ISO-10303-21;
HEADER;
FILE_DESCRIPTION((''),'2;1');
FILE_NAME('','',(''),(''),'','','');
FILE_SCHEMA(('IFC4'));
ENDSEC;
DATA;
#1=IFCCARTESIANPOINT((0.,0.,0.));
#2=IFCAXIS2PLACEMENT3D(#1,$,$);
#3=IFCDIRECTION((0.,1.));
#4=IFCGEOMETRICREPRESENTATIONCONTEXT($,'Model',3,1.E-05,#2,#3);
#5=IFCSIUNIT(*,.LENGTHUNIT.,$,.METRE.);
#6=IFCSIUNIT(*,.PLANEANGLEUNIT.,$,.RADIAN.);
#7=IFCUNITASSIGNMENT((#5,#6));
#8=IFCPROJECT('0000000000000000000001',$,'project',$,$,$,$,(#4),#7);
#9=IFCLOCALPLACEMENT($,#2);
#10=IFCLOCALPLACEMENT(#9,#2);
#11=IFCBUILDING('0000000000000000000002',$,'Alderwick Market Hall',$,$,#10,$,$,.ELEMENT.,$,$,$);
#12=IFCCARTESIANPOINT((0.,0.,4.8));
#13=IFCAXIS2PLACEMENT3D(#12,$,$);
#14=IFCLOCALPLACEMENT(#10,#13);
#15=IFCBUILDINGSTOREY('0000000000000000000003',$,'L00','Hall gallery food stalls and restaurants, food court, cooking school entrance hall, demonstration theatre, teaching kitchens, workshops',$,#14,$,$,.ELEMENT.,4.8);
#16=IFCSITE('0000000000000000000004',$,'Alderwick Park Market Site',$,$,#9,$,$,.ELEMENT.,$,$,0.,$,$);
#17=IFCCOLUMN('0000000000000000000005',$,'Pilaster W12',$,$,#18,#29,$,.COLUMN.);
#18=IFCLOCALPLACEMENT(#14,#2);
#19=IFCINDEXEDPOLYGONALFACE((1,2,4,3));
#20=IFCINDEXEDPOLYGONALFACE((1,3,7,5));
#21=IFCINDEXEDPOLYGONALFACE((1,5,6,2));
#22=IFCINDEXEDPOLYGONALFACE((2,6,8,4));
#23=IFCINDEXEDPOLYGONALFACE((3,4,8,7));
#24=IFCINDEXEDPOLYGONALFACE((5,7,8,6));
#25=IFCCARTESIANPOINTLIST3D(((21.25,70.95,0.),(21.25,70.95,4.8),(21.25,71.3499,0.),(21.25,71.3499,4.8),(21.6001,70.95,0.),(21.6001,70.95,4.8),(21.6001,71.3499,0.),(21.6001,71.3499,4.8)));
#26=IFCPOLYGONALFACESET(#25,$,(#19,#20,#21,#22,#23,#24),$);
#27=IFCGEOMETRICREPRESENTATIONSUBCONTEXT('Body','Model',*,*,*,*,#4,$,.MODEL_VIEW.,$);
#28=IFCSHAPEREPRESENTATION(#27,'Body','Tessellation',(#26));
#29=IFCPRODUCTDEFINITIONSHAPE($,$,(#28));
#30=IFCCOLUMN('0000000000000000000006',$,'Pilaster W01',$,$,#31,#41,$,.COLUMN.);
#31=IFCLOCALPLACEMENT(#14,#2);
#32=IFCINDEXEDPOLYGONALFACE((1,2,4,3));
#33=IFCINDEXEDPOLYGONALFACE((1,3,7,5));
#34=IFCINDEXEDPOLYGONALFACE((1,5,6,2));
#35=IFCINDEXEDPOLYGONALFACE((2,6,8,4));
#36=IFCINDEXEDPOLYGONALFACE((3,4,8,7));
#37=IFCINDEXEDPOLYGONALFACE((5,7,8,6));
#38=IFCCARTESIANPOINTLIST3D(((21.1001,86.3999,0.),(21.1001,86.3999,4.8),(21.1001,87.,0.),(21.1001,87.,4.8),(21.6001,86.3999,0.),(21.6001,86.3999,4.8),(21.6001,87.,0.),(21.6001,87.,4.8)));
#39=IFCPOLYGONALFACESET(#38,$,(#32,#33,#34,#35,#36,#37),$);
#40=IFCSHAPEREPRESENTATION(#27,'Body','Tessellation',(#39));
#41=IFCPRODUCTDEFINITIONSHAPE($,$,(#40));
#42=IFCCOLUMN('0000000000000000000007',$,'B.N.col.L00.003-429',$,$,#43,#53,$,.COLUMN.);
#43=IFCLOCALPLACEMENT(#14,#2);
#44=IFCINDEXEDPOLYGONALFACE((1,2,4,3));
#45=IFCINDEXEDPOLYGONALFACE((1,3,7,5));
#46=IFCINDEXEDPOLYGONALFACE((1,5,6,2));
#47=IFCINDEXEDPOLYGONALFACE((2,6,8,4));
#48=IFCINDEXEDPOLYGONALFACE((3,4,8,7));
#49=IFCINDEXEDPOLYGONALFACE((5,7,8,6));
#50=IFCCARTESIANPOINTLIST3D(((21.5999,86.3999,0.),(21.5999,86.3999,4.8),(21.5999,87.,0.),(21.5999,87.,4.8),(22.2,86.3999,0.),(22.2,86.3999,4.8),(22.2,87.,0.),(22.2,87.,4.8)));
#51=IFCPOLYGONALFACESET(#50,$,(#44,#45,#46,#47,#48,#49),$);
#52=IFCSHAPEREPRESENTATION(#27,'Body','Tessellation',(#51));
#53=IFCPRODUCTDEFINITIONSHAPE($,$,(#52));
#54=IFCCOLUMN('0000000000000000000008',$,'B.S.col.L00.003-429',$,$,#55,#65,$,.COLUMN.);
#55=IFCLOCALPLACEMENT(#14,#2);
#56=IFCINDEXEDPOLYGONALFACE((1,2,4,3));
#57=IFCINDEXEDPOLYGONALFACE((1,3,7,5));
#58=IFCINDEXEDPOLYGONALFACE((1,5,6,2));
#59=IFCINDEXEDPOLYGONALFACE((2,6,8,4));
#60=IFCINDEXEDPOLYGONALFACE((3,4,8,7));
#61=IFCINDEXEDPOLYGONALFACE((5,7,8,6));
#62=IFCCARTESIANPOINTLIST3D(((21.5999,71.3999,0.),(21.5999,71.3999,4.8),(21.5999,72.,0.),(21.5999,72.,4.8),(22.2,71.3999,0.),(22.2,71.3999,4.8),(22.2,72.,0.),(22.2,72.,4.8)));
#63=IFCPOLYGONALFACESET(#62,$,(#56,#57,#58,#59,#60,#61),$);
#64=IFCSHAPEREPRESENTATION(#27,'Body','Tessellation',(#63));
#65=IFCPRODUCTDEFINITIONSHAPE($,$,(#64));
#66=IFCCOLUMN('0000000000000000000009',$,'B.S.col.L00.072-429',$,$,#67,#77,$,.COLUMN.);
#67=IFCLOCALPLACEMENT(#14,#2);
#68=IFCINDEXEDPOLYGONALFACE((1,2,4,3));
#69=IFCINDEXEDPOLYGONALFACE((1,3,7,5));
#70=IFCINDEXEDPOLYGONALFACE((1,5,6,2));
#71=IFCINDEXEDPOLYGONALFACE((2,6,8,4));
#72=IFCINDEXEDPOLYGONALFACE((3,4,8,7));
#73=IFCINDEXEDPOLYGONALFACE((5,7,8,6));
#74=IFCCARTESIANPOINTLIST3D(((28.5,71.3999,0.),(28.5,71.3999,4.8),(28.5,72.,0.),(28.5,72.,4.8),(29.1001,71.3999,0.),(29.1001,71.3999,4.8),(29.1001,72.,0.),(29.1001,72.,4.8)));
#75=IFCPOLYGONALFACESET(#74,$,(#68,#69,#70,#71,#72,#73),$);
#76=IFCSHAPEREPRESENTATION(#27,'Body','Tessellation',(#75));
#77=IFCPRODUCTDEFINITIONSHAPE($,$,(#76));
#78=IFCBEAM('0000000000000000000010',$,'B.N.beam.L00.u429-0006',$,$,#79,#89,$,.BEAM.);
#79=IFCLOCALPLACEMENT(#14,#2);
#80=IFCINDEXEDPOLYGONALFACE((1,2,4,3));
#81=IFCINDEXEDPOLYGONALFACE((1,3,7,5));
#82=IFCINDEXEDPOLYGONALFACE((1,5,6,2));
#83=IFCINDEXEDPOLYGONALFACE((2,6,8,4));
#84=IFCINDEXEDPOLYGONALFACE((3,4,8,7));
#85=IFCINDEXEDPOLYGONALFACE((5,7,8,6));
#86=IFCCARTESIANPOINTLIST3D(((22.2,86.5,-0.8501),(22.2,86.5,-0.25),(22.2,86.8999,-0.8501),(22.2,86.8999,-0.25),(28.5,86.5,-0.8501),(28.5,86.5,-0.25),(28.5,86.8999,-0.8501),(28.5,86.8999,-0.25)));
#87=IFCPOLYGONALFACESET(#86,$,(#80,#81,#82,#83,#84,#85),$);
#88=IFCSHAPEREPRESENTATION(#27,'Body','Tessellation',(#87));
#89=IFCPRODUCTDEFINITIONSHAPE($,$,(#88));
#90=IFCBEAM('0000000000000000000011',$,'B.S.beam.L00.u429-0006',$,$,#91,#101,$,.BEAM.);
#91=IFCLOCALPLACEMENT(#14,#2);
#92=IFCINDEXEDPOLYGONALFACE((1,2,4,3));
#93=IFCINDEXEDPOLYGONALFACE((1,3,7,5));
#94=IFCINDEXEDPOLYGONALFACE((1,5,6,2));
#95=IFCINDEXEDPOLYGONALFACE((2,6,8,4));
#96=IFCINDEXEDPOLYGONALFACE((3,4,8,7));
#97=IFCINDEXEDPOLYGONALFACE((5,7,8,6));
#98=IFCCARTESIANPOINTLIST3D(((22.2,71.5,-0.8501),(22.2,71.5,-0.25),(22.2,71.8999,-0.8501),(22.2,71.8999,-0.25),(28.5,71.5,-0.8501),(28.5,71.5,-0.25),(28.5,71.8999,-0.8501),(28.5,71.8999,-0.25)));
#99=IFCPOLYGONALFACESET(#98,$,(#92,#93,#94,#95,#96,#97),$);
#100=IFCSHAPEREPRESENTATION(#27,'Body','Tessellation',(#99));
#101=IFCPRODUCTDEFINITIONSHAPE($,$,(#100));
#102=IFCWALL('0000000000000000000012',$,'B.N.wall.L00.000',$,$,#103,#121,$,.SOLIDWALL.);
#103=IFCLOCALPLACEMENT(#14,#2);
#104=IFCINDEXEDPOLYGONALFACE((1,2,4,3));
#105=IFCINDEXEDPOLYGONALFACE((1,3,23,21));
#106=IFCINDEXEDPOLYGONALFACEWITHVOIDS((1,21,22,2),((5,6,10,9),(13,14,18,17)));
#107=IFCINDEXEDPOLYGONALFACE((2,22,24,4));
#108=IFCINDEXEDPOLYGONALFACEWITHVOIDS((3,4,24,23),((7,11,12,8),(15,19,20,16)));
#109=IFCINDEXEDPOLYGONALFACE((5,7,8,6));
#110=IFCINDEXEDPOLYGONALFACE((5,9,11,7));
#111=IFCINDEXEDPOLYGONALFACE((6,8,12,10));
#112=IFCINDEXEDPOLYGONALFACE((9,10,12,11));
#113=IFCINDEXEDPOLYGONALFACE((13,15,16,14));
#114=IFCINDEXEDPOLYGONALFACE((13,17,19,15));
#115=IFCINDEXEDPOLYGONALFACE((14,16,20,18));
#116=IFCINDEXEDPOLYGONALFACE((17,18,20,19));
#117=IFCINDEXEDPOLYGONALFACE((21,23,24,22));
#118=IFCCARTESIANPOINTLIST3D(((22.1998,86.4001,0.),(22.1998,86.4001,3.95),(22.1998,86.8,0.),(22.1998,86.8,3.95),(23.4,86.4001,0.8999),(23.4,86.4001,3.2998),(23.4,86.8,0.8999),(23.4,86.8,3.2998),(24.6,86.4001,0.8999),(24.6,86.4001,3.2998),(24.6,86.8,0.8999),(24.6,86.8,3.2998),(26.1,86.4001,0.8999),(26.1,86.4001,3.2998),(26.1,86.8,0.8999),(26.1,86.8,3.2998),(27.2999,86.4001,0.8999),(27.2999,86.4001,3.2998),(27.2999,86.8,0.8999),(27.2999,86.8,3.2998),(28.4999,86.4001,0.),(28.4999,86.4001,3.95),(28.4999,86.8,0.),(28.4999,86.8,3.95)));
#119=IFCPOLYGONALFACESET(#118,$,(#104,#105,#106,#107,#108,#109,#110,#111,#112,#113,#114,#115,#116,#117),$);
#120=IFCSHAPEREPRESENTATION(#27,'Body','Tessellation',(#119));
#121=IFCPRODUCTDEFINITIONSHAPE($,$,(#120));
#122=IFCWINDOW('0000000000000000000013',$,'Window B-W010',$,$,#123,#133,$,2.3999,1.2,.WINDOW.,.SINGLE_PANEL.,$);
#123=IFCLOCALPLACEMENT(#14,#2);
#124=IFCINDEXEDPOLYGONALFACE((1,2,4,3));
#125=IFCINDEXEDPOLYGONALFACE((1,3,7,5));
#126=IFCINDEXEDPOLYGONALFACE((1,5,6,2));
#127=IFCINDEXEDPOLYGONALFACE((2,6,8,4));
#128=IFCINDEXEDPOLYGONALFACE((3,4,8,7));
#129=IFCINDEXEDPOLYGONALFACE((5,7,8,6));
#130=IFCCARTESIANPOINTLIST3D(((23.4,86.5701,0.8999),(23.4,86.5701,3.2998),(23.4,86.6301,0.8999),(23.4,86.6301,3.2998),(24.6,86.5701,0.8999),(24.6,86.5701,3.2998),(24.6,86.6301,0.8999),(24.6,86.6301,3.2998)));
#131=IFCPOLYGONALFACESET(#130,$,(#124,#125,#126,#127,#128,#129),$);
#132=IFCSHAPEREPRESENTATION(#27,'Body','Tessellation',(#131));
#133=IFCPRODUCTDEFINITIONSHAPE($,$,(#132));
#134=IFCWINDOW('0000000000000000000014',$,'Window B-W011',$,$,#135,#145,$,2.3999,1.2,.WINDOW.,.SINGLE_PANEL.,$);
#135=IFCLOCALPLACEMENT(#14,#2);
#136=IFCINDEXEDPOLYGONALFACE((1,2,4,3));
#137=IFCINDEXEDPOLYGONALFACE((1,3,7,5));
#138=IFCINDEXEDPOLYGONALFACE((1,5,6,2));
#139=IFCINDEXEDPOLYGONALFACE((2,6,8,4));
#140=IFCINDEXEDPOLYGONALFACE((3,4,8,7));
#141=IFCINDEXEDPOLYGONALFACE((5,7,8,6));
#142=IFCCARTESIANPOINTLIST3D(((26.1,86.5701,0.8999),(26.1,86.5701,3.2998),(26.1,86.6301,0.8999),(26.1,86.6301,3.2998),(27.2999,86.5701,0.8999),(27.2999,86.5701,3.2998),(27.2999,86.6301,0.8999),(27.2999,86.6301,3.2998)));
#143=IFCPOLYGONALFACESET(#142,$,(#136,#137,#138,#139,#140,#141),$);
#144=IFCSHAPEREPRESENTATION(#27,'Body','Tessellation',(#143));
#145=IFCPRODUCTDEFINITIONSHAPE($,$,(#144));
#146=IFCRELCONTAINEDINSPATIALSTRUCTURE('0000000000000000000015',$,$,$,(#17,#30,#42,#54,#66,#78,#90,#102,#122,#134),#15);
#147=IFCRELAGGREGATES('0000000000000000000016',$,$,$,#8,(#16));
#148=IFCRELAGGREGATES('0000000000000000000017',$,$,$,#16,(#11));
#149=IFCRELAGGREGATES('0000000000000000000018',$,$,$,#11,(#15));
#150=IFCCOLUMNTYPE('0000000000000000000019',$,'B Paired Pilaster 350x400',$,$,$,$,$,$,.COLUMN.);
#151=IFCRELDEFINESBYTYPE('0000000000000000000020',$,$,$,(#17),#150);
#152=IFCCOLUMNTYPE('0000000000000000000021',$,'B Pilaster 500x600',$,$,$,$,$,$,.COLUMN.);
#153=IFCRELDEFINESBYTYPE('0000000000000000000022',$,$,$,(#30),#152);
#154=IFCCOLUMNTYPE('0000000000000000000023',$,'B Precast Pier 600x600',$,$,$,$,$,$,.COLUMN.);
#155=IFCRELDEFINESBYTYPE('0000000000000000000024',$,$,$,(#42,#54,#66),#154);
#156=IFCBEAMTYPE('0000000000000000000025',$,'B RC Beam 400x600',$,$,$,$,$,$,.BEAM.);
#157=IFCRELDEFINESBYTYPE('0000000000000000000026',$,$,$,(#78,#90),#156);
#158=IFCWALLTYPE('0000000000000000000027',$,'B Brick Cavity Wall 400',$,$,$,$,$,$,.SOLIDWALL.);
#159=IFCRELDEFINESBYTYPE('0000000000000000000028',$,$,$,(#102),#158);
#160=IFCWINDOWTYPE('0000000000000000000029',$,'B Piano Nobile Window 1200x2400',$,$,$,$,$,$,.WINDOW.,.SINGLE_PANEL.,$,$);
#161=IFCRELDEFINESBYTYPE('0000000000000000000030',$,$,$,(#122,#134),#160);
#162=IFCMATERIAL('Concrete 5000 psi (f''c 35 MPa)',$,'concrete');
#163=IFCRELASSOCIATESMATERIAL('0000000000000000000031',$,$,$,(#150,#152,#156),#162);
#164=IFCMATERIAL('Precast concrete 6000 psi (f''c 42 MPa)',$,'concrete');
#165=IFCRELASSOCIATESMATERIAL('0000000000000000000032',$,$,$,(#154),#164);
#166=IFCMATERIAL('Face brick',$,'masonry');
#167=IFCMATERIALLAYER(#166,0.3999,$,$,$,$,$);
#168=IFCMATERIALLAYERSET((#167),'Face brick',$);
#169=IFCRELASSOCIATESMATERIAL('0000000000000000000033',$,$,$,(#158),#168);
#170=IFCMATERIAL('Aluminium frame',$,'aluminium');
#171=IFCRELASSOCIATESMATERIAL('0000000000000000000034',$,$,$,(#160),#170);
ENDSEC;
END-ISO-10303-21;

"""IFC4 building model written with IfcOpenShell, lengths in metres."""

from ifc_helpers import new_model, si_unit, direction, frame, frame_2d, origin, origin_2d, place, context, subcontext, project, spatial, rectangle, extrude, material, layer, layer_set, material_profile, profile_set, type_object, element, fill, save


model = new_model("IFC4")

# Units and contexts
model_context = context("Model", 3, precision=1e-05, world=origin(), true_north=direction((0.0, 1.0)))
body_context = subcontext(model_context, "Body", "Model", "MODEL_VIEW")
ifc_project = project(units=[si_unit("LENGTHUNIT", "METRE"), si_unit("PLANEANGLEUNIT", "RADIAN")], contexts=[model_context])

# Site, building, storey
site_placement = place(None, origin())
site = spatial("IfcSite", under=ifc_project, at=site_placement, Name="Alderwick Park Market Site", CompositionType="ELEMENT", RefElevation=0.0)
building_placement = place(site_placement, origin())
building = spatial("IfcBuilding", under=site, at=building_placement, Name="Alderwick Market Hall", CompositionType="ELEMENT")
storey_placement = place(building_placement, frame((0.0, 0.0, 4.8)))
storey = spatial("IfcBuildingStorey", under=building, at=storey_placement, Name="L00", Description="Hall gallery food stalls and restaurants, food court, cooking school entrance hall, demonstration theatre, teaching kitchens, workshops", CompositionType="ELEMENT", Elevation=4.8)

# Columns
ifc_material_1 = material(Name="Concrete 5000 psi (f'c 35 MPa)", Category="concrete")
ifc_material_profile_1 = material_profile(ifc_material_1, rectangle(XDim=0.3501, YDim=0.3999, at=origin_2d()), Name="B Paired Pilaster 350x400")
ifc_profile_set_1 = profile_set([ifc_material_profile_1], Name="Concrete 5000 psi (f'c 35 MPa)")
column_type_1 = type_object("IfcColumnType", Name="B Paired Pilaster 350x400", PredefinedType="COLUMN", material=ifc_profile_set_1)
column_1_placement = place(storey_placement, frame((21.425, 71.1499, 0.0), z_axis=(0.0, 0.0, 1.0), x_axis=(1.0, 0.0, 0.0)))
element("IfcColumn", 1, at=column_1_placement, inside=storey, type_object=column_type_1, Name="Pilaster W12", PredefinedType="COLUMN", context=body_context, shape_type="SweptSolid", body=[
    extrude(rectangle(XDim=0.3501, YDim=0.3999, at=origin_2d()), origin(), (0.0, 0.0, 1.0), 4.8),
])
ifc_material_profile_2 = material_profile(ifc_material_1, rectangle(XDim=0.5, YDim=0.6001, at=origin_2d()), Name="B Pilaster 500x600")
ifc_profile_set_2 = profile_set([ifc_material_profile_2], Name="Concrete 5000 psi (f'c 35 MPa)")
column_type_2 = type_object("IfcColumnType", Name="B Pilaster 500x600", PredefinedType="COLUMN", material=ifc_profile_set_2)
column_2_placement = place(storey_placement, frame((21.3501, 86.7, 0.0), z_axis=(0.0, 0.0, 1.0), x_axis=(1.0, 0.0, 0.0)))
element("IfcColumn", 2, at=column_2_placement, inside=storey, type_object=column_type_2, Name="Pilaster W01", PredefinedType="COLUMN", context=body_context, shape_type="SweptSolid", body=[
    extrude(rectangle(XDim=0.5, YDim=0.6001, at=origin_2d()), origin(), (0.0, 0.0, 1.0), 4.8),
])
ifc_material_2 = material(Name="Precast concrete 6000 psi (f'c 42 MPa)", Category="concrete")
ifc_material_profile_3 = material_profile(ifc_material_2, rectangle(XDim=0.6001, YDim=0.6001, at=origin_2d()), Name="B Precast Pier 600x600")
ifc_profile_set_3 = profile_set([ifc_material_profile_3], Name="Precast concrete 6000 psi (f'c 42 MPa)")
column_type_3 = type_object("IfcColumnType", Name="B Precast Pier 600x600", PredefinedType="COLUMN", material=ifc_profile_set_3)
for number, where, z_axis, x_axis, name in (
    (3, (21.8999, 86.7, 0.0), (0.0, 0.0, 1.0), (1.0, 0.0, 0.0), "B.N.col.L00.003-429"),
    (4, (21.8999, 71.7, 0.0), (0.0, 0.0, 1.0), (1.0, 0.0, 0.0), "B.S.col.L00.003-429"),
    (5, (28.8, 71.7, 0.0), (0.0, 0.0, 1.0), (1.0, 0.0, 0.0), "B.S.col.L00.072-429"),
):
    element("IfcColumn", number, at=place(storey_placement, frame(where, z_axis=z_axis, x_axis=x_axis)), inside=storey, type_object=column_type_3, Name=name, PredefinedType="COLUMN", context=body_context, shape_type="SweptSolid", body=[
        extrude(rectangle(XDim=0.6001, YDim=0.6001, at=origin_2d()), origin(), (0.0, 0.0, 1.0), 4.8),
    ])

# Beams
ifc_material_profile_4 = material_profile(ifc_material_1, rectangle(XDim=0.3999, YDim=0.6001, at=origin_2d()), Name="B RC Beam 400x600")
ifc_profile_set_4 = profile_set([ifc_material_profile_4], Name="Concrete 5000 psi (f'c 35 MPa)")
beam_type = type_object("IfcBeamType", Name="B RC Beam 400x600", PredefinedType="BEAM", material=ifc_profile_set_4)
for number, where, z_axis, x_axis, name in (
    (6, (22.2, 86.7, -0.55), (1.0, 0.0, 0.0), (0.0, 1.0, 0.0), "B.N.beam.L00.u429-0006"),
    (7, (22.2, 71.7, -0.55), (1.0, 0.0, 0.0), (0.0, 1.0, 0.0), "B.S.beam.L00.u429-0006"),
):
    element("IfcBeam", number, at=place(storey_placement, frame(where, z_axis=z_axis, x_axis=x_axis)), inside=storey, type_object=beam_type, Name=name, PredefinedType="BEAM", context=body_context, shape_type="SweptSolid", body=[
        extrude(rectangle(XDim=0.3999, YDim=0.6001, at=origin_2d()), origin(), (0.0, 0.0, 1.0), 6.3),
    ])

# Wall, openings, windows
ifc_material_3 = material(Name="Face brick", Category="masonry")
ifc_layer = layer(ifc_material_3, 0.3999)
ifc_layer_set = layer_set([ifc_layer], Name="Face brick")
wall_type = type_object("IfcWallType", Name="B Brick Cavity Wall 400", PredefinedType="SOLIDWALL", material=ifc_layer_set)
wall_1_placement = place(storey_placement, frame((22.2, 86.6001, 0.0), z_axis=(0.0, 0.0, 1.0), x_axis=(1.0, 0.0, 0.0)))
wall_1 = element("IfcWall", 8, at=wall_1_placement, inside=storey, type_object=wall_type, Name="B.N.wall.L00.000", PredefinedType="SOLIDWALL", context=body_context, shape_type="SweptSolid", body=[
    extrude(rectangle(XDim=6.3, YDim=0.3999, at=frame_2d((3.1499, 0.0))), origin(), (0.0, 0.0, 1.0), 3.95),
])
opening_1_placement = place(wall_1_placement, frame((1.2, 0.0, 0.8999)))
opening_1 = element("IfcOpeningElement", 9, at=opening_1_placement, cuts=wall_1, PredefinedType="OPENING", context=body_context, shape_type="SweptSolid", body=[
    extrude(rectangle(XDim=1.2, YDim=2.3999, at=frame_2d((0.6001, 1.2))), frame((0.0, 0.21, 0.0), z_axis=(0.0, -1.0, 0.0), x_axis=(1.0, 0.0, 0.0)), (0.0, 0.0, 1.0), 0.4199),
])
opening_2_placement = place(wall_1_placement, frame((3.8999, 0.0, 0.8999)))
opening_2 = element("IfcOpeningElement", 10, at=opening_2_placement, cuts=wall_1, PredefinedType="OPENING", context=body_context, shape_type="SweptSolid", body=[
    extrude(rectangle(XDim=1.2, YDim=2.3999, at=frame_2d((0.6001, 1.2))), frame((0.0, 0.21, 0.0), z_axis=(0.0, -1.0, 0.0), x_axis=(1.0, 0.0, 0.0)), (0.0, 0.0, 1.0), 0.4199),
])
ifc_material_4 = material(Name="Aluminium frame", Category="aluminium")
window_type_1 = type_object("IfcWindowType", Name="B Piano Nobile Window 1200x2400", PartitioningType="SINGLE_PANEL", PredefinedType="WINDOW", material=ifc_material_4)
window_1_placement = place(opening_1_placement, origin())
window_1 = element("IfcWindow", 11, at=window_1_placement, inside=storey, type_object=window_type_1, Name="Window B-W010", OverallHeight=2.3999, OverallWidth=1.2, PartitioningType="SINGLE_PANEL", PredefinedType="WINDOW", context=body_context, shape_type="SweptSolid", body=[
    extrude(rectangle(XDim=1.2, YDim=2.3999, at=frame_2d((0.6001, 1.2))), frame((0.0, 0.03, 0.0), z_axis=(0.0, -1.0, 0.0), x_axis=(1.0, 0.0, 0.0)), (0.0, 0.0, 1.0), 0.0601),
])
fill(opening_1, window_1)
window_2_placement = place(opening_2_placement, origin())
window_2 = element("IfcWindow", 12, at=window_2_placement, inside=storey, type_object=window_type_1, Name="Window B-W011", OverallHeight=2.3999, OverallWidth=1.2, PartitioningType="SINGLE_PANEL", PredefinedType="WINDOW", context=body_context, shape_type="SweptSolid", body=[
    extrude(rectangle(XDim=1.2, YDim=2.3999, at=frame_2d((0.6001, 1.2))), frame((0.0, 0.03, 0.0), z_axis=(0.0, -1.0, 0.0), x_axis=(1.0, 0.0, 0.0)), (0.0, 0.0, 1.0), 0.0601),
])
fill(opening_2, window_2)

save(model, "model.ifc")
